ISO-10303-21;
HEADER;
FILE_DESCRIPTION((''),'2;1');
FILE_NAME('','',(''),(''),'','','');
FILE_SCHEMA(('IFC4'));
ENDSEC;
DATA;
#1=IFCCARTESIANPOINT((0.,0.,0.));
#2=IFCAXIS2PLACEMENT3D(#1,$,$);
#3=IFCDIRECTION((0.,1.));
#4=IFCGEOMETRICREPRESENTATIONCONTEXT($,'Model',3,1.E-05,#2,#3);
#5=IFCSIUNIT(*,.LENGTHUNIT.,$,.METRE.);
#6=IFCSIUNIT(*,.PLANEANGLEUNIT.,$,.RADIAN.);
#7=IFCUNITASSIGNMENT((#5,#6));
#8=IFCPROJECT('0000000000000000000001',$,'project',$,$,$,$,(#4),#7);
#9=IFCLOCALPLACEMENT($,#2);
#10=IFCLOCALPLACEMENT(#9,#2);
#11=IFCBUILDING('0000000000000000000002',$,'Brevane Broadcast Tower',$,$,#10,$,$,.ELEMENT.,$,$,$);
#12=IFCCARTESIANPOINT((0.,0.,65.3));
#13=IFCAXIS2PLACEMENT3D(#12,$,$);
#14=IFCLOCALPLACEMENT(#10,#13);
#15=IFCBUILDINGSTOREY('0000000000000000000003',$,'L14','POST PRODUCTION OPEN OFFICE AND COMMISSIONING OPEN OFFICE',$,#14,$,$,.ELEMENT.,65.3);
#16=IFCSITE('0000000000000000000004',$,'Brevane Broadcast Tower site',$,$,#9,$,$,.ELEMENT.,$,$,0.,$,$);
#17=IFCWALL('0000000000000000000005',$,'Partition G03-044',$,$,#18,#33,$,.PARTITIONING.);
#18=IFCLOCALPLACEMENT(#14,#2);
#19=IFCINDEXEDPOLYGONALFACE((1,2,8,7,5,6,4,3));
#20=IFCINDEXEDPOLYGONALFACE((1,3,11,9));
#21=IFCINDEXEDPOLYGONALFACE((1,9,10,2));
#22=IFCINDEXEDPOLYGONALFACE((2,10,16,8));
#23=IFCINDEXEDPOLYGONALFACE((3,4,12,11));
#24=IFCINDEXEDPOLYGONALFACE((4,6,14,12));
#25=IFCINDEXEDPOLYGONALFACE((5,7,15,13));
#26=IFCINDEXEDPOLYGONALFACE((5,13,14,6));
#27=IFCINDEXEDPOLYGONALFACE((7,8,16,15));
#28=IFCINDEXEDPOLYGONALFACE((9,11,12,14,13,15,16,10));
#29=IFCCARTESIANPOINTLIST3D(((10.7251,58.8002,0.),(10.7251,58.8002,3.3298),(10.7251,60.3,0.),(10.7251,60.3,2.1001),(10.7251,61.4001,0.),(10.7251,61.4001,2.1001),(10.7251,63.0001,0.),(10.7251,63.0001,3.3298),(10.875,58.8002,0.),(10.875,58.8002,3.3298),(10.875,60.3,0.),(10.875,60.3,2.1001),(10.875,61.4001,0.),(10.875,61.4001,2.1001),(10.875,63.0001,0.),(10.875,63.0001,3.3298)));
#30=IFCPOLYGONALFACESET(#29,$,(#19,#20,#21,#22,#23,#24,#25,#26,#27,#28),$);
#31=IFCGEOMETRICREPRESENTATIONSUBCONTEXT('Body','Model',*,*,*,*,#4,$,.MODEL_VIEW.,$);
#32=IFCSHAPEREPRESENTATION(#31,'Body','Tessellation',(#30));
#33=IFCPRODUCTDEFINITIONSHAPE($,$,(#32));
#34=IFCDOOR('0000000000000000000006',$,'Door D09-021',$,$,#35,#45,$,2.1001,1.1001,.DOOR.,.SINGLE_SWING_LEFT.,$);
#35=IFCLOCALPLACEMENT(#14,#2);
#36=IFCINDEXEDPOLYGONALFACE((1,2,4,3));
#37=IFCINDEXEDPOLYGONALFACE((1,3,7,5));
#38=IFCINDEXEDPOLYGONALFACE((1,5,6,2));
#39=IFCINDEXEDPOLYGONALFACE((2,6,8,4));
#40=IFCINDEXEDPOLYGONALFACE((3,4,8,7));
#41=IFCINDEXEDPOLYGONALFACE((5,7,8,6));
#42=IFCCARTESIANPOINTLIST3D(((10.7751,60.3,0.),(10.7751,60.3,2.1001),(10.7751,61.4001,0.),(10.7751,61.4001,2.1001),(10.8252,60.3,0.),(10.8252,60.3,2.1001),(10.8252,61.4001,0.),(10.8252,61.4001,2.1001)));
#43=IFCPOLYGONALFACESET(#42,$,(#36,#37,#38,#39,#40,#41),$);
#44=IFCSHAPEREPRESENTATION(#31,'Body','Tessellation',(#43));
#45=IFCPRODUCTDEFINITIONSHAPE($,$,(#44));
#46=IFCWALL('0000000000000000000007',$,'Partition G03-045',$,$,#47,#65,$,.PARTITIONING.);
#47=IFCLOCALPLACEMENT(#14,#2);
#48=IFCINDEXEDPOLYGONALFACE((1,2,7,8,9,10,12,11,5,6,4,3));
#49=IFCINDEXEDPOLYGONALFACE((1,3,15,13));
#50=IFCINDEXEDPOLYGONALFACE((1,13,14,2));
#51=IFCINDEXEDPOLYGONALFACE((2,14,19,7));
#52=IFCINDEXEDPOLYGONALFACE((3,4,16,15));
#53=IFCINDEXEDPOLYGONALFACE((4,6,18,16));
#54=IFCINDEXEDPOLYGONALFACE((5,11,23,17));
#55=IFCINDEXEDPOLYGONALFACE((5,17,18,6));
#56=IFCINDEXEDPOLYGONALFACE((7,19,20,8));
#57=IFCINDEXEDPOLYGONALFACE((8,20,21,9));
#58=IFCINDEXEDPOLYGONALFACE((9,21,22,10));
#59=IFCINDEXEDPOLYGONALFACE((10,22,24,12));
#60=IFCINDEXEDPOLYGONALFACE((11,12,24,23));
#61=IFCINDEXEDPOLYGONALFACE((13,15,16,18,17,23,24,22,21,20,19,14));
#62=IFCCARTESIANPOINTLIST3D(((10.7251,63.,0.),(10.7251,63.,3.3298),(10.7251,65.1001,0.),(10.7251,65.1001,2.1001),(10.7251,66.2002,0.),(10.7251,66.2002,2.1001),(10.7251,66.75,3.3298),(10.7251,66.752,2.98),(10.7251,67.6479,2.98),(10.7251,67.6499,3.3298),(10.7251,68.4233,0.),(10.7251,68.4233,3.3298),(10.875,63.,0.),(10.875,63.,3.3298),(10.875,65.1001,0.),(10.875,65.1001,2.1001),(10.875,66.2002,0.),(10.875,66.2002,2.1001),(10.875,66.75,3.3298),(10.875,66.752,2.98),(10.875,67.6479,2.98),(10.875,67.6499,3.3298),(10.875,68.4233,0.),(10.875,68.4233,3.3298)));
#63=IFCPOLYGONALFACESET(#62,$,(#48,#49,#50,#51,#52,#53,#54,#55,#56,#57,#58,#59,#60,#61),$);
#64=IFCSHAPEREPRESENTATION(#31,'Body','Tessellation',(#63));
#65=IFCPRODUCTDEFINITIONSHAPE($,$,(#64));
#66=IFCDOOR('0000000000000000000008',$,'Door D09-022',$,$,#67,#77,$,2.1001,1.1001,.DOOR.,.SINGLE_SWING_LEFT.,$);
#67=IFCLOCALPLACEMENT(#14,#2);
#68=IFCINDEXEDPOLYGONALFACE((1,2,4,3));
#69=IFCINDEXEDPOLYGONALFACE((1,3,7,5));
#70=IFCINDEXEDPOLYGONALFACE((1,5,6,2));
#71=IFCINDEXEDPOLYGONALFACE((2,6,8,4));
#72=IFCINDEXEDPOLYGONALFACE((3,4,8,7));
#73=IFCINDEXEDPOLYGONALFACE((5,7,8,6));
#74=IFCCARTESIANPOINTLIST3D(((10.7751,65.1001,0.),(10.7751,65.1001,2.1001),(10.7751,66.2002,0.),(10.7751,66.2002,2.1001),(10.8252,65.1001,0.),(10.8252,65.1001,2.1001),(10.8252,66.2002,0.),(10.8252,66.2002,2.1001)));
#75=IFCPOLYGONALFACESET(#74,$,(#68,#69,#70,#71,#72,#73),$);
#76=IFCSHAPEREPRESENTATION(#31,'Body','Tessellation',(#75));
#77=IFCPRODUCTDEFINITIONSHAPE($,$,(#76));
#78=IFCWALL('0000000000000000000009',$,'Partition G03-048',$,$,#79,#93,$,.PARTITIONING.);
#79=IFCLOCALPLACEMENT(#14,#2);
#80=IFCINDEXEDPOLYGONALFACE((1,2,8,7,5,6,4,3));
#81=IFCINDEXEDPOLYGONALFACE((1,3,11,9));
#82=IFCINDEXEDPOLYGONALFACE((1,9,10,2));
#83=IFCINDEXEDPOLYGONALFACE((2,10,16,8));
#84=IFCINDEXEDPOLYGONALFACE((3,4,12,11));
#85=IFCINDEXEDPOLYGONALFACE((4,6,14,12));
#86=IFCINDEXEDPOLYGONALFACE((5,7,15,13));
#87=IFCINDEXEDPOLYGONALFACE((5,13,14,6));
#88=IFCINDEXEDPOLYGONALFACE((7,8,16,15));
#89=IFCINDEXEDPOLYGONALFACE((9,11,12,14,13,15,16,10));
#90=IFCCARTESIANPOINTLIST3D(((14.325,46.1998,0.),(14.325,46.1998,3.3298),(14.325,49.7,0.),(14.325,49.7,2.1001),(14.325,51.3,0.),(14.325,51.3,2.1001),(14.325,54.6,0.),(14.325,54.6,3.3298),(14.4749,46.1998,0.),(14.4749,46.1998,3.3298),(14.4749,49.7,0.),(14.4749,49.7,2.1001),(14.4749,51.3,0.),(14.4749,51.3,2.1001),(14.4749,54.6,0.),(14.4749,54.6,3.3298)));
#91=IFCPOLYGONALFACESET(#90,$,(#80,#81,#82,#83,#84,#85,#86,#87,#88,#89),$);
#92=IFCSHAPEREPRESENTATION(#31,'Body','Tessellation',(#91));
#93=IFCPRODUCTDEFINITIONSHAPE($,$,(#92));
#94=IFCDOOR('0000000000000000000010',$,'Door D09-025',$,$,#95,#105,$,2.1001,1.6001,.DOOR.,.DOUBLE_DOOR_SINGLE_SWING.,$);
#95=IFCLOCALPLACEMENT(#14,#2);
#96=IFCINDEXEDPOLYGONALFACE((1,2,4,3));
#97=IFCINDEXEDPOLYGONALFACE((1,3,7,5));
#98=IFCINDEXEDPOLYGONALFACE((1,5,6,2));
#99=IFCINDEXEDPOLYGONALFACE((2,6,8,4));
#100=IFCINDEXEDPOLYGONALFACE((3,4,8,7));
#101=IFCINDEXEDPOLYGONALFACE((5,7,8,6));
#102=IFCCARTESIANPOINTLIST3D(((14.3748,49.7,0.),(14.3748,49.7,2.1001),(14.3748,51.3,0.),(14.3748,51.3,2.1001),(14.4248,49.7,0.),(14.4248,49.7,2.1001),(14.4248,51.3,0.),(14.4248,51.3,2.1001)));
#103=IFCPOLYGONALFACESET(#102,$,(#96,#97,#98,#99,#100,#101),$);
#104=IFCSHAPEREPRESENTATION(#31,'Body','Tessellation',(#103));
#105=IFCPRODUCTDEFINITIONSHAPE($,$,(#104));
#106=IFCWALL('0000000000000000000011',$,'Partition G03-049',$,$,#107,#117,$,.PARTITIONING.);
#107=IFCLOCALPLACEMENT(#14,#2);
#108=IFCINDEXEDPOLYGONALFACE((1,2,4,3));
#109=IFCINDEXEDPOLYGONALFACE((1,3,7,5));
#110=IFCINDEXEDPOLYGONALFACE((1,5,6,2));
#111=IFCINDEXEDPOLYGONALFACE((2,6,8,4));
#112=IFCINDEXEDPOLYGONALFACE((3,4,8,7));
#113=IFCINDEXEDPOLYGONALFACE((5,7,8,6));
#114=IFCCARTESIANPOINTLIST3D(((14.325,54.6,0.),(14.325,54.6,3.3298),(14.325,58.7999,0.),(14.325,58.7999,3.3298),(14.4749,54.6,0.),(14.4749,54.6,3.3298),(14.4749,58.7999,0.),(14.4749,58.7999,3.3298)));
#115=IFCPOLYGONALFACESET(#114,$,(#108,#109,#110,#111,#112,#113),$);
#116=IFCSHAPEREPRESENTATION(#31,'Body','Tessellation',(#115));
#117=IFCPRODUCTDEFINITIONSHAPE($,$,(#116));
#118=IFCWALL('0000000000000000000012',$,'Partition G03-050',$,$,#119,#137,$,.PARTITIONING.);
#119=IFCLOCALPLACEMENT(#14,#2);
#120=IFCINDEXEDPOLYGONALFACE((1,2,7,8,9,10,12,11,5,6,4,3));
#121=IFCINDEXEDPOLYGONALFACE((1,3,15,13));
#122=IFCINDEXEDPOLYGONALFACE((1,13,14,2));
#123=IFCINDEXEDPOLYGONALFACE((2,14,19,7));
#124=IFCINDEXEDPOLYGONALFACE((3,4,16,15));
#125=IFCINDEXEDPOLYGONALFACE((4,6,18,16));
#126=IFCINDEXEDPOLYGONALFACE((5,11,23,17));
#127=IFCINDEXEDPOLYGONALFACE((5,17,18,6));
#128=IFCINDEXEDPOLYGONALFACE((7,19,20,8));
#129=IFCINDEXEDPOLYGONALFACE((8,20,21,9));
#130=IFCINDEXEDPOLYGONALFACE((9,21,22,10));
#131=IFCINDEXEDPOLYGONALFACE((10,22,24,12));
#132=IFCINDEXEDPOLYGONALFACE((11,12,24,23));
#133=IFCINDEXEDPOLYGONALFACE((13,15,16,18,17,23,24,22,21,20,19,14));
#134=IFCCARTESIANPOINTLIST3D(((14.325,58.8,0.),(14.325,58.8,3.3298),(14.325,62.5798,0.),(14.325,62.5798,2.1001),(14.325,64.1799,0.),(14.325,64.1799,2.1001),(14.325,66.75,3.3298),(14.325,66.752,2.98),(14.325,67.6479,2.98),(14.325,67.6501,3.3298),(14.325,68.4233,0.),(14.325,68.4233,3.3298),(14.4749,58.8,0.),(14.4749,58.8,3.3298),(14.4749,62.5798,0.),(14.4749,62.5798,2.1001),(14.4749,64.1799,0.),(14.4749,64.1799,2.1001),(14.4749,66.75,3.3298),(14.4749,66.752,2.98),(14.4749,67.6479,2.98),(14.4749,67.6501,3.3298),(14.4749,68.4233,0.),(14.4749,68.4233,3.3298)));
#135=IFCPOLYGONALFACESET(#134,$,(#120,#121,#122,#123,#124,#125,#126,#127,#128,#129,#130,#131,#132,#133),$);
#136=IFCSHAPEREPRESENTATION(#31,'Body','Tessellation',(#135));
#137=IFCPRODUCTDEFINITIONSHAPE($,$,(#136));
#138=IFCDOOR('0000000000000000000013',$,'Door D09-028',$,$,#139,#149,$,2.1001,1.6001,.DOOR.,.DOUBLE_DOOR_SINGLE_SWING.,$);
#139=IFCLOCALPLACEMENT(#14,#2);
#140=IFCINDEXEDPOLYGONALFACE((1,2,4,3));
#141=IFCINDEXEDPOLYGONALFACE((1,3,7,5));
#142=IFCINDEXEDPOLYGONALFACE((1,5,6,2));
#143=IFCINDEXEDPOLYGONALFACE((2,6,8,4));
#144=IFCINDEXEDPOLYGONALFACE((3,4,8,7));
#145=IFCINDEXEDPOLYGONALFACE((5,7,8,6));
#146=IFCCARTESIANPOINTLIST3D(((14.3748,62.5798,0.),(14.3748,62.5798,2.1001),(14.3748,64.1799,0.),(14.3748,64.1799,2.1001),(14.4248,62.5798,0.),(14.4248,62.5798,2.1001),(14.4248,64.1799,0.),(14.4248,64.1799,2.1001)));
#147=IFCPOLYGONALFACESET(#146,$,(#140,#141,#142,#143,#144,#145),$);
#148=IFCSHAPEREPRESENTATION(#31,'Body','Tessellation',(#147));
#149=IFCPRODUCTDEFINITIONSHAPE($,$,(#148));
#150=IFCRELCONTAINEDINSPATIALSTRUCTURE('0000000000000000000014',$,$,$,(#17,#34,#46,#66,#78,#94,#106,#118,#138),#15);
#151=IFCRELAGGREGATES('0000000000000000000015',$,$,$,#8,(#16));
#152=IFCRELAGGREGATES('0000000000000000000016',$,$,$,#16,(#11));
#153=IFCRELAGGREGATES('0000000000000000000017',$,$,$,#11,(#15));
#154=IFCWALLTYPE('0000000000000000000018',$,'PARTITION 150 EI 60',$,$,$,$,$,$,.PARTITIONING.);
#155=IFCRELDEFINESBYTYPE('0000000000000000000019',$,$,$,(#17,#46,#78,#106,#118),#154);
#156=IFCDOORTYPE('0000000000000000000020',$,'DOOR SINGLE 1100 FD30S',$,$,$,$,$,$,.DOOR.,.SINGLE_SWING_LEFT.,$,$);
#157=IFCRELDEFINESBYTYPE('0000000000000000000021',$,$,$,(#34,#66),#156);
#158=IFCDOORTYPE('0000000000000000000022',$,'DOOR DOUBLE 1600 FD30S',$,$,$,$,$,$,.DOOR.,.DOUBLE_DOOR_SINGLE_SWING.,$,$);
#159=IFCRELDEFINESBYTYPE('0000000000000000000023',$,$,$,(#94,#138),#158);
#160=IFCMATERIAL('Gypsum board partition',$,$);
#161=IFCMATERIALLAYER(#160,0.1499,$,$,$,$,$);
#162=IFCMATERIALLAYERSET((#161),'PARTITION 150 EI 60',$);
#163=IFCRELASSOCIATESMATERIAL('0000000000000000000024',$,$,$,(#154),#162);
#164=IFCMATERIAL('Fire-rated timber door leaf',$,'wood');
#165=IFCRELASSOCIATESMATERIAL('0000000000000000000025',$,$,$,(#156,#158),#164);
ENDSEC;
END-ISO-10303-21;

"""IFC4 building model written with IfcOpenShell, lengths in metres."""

from ifc_helpers import new_model, si_unit, direction, frame, frame_2d, origin, place, context, subcontext, project, spatial, polyline, rectangle, outline, extrude, material, layer, layer_set, type_object, element, fill, save


model = new_model("IFC4")

# Units and contexts
model_context = context("Model", 3, precision=1e-05, world=origin(), true_north=direction((0.0, 1.0)))
body_context = subcontext(model_context, "Body", "Model", "MODEL_VIEW")
ifc_project = project(units=[si_unit("LENGTHUNIT", "METRE"), si_unit("PLANEANGLEUNIT", "RADIAN")], contexts=[model_context])

# Site, building, storey
site_placement = place(None, origin())
site = spatial("IfcSite", under=ifc_project, at=site_placement, Name="Brevane Broadcast Tower site", CompositionType="ELEMENT", RefElevation=0.0)
building_placement = place(site_placement, origin())
building = spatial("IfcBuilding", under=site, at=building_placement, Name="Brevane Broadcast Tower", CompositionType="ELEMENT")
storey_placement = place(building_placement, frame((0.0, 0.0, 65.3)))
storey = spatial("IfcBuildingStorey", under=building, at=storey_placement, Name="L14", Description="POST PRODUCTION OPEN OFFICE AND COMMISSIONING OPEN OFFICE", CompositionType="ELEMENT", Elevation=65.3)

# Shared definitions
ifc_material_1 = material(Name="Gypsum board partition")

# Walls, openings, doors
ifc_layer_1 = layer(ifc_material_1, 0.1499)
ifc_layer_set_1 = layer_set([ifc_layer_1], Name="PARTITION 150 EI 60")
wall_type_1 = type_object("IfcWallType", Name="PARTITION 150 EI 60", PredefinedType="PARTITIONING", material=ifc_layer_set_1)
wall_1_placement = place(storey_placement, frame((10.8, 58.8, 0.0), z_axis=(0.0, 0.0, 1.0), x_axis=(0.0, 1.0, 0.0)))
wall_1 = element("IfcWall", 1, at=wall_1_placement, inside=storey, type_object=wall_type_1, Name="Partition G03-044", PredefinedType="PARTITIONING", context=body_context, shape_type="SweptSolid", body=[
    extrude(rectangle(XDim=4.2, YDim=0.1499, at=frame_2d((2.1001, 0.0))), origin(), (0.0, 0.0, 1.0), 3.3298),
])
opening_1_placement = place(wall_1_placement, frame((1.5, 0.0, 0.0)))
opening_1 = element("IfcOpeningElement", 2, at=opening_1_placement, cuts=wall_1, PredefinedType="OPENING", context=body_context, shape_type="SweptSolid", body=[
    extrude(rectangle(XDim=1.1001, YDim=2.1001, at=frame_2d((0.55, 1.05))), frame((0.0, 0.085, 0.0), z_axis=(0.0, -1.0, 0.0), x_axis=(1.0, 0.0, 0.0)), (0.0, 0.0, 1.0), 0.1699),
])
ifc_material_2 = material(Name="Fire-rated timber door leaf", Category="wood")
door_type_1 = type_object("IfcDoorType", Name="DOOR SINGLE 1100 FD30S", OperationType="SINGLE_SWING_LEFT", PredefinedType="DOOR", material=ifc_material_2)
door_1_placement = place(opening_1_placement, origin())
door_1 = element("IfcDoor", 3, at=door_1_placement, inside=storey, type_object=door_type_1, Name="Door D09-021", OperationType="SINGLE_SWING_LEFT", OverallHeight=2.1001, OverallWidth=1.1001, PredefinedType="DOOR", context=body_context, shape_type="SweptSolid", body=[
    extrude(rectangle(XDim=1.1001, YDim=2.1001, at=frame_2d((0.55, 1.05))), frame((0.0, 0.0249, 0.0), z_axis=(0.0, -1.0, 0.0), x_axis=(1.0, 0.0, 0.0)), (0.0, 0.0, 1.0), 0.05),
])
fill(opening_1, door_1)
wall_2_placement = place(storey_placement, frame((10.8, 63.0, 0.0), z_axis=(0.0, 0.0, 1.0), x_axis=(0.0, 1.0, 0.0)))
wall_2 = element("IfcWall", 4, at=wall_2_placement, inside=storey, type_object=wall_type_1, Name="Partition G03-045", PredefinedType="PARTITIONING", context=body_context, shape_type="SweptSolid", body=[
    extrude(outline(polyline([(0.0, 0.0), (5.4233, 0.0), (5.4233, 3.3298), (5.28, 3.3298), (4.6499, 3.3298), (4.6479, 2.98), (3.752, 2.98), (3.75, 3.3298), (0.0, 3.3298), (0.0, 0.0)])), frame((0.0, 0.075, 0.0), z_axis=(0.0, -1.0, 0.0), x_axis=(1.0, 0.0, 0.0)), (0.0, 0.0, 1.0), 0.1499),
])
opening_2_placement = place(wall_2_placement, frame((2.1001, 0.0, 0.0)))
opening_2 = element("IfcOpeningElement", 5, at=opening_2_placement, cuts=wall_2, PredefinedType="OPENING", context=body_context, shape_type="SweptSolid", body=[
    extrude(rectangle(XDim=1.1001, YDim=2.1001, at=frame_2d((0.55, 1.05))), frame((0.0, 0.085, 0.0), z_axis=(0.0, -1.0, 0.0), x_axis=(1.0, 0.0, 0.0)), (0.0, 0.0, 1.0), 0.1699),
])
door_2_placement = place(opening_2_placement, origin())
door_2 = element("IfcDoor", 6, at=door_2_placement, inside=storey, type_object=door_type_1, Name="Door D09-022", OperationType="SINGLE_SWING_LEFT", OverallHeight=2.1001, OverallWidth=1.1001, PredefinedType="DOOR", context=body_context, shape_type="SweptSolid", body=[
    extrude(rectangle(XDim=1.1001, YDim=2.1001, at=frame_2d((0.55, 1.05))), frame((0.0, 0.0249, 0.0), z_axis=(0.0, -1.0, 0.0), x_axis=(1.0, 0.0, 0.0)), (0.0, 0.0, 1.0), 0.05),
])
fill(opening_2, door_2)
wall_3_placement = place(storey_placement, frame((14.3999, 54.6001, 0.0), z_axis=(0.0, 0.0, 1.0), x_axis=(0.0, -1.0, 0.0)))
wall_3 = element("IfcWall", 7, at=wall_3_placement, inside=storey, type_object=wall_type_1, Name="Partition G03-048", PredefinedType="PARTITIONING", context=body_context, shape_type="SweptSolid", body=[
    extrude(rectangle(XDim=8.4001, YDim=0.1499, at=frame_2d((4.2002, 0.0))), origin(), (0.0, 0.0, 1.0), 3.3298),
])
opening_3_placement = place(wall_3_placement, frame((3.3, 0.0, 0.0)))
opening_3 = element("IfcOpeningElement", 8, at=opening_3_placement, cuts=wall_3, PredefinedType="OPENING", context=body_context, shape_type="SweptSolid", body=[
    extrude(rectangle(XDim=1.6001, YDim=2.1001, at=frame_2d((0.8, 1.05))), frame((0.0, 0.085, 0.0), z_axis=(0.0, -1.0, 0.0), x_axis=(1.0, 0.0, 0.0)), (0.0, 0.0, 1.0), 0.1699),
])
door_type_2 = type_object("IfcDoorType", Name="DOOR DOUBLE 1600 FD30S", OperationType="DOUBLE_DOOR_SINGLE_SWING", PredefinedType="DOOR", material=ifc_material_2)
door_3_placement = place(opening_3_placement, origin())
door_3 = element("IfcDoor", 9, at=door_3_placement, inside=storey, type_object=door_type_2, Name="Door D09-025", OperationType="DOUBLE_DOOR_SINGLE_SWING", OverallHeight=2.1001, OverallWidth=1.6001, PredefinedType="DOOR", context=body_context, shape_type="SweptSolid", body=[
    extrude(rectangle(XDim=1.6001, YDim=2.1001, at=frame_2d((0.8, 1.05))), frame((0.0, 0.0249, 0.0), z_axis=(0.0, -1.0, 0.0), x_axis=(1.0, 0.0, 0.0)), (0.0, 0.0, 1.0), 0.05),
])
fill(opening_3, door_3)

# Wall
wall_4_placement = place(storey_placement, frame((14.3999, 58.8, 0.0), z_axis=(0.0, 0.0, 1.0), x_axis=(0.0, -1.0, 0.0)))
element("IfcWall", 10, at=wall_4_placement, inside=storey, type_object=wall_type_1, Name="Partition G03-049", PredefinedType="PARTITIONING", context=body_context, shape_type="SweptSolid", body=[
    extrude(rectangle(XDim=4.2, YDim=0.1499, at=frame_2d((2.1001, 0.0))), origin(), (0.0, 0.0, 1.0), 3.3298),
])

# Wall, opening, door
wall_5_placement = place(storey_placement, frame((14.3999, 68.4233, 0.0), z_axis=(0.0, 0.0, 1.0), x_axis=(0.0, -1.0, 0.0)))
wall_5 = element("IfcWall", 11, at=wall_5_placement, inside=storey, type_object=wall_type_1, Name="Partition G03-050", PredefinedType="PARTITIONING", context=body_context, shape_type="SweptSolid", body=[
    extrude(outline(polyline([(0.0, 0.0), (9.6233, 0.0), (9.6233, 3.3298), (1.6733, 3.3298), (1.6714, 2.98), (0.7754, 2.98), (0.7732, 3.3298), (0.1433, 3.3298), (0.0, 3.3298), (0.0, 0.0)])), frame((0.0, 0.075, 0.0), z_axis=(0.0, -1.0, 0.0), x_axis=(1.0, 0.0, 0.0)), (0.0, 0.0, 1.0), 0.1499),
])
opening_4_placement = place(wall_5_placement, frame((4.2434, 0.0, 0.0)))
opening_4 = element("IfcOpeningElement", 12, at=opening_4_placement, cuts=wall_5, PredefinedType="OPENING", context=body_context, shape_type="SweptSolid", body=[
    extrude(rectangle(XDim=1.6001, YDim=2.1001, at=frame_2d((0.8, 1.05))), frame((0.0, 0.085, 0.0), z_axis=(0.0, -1.0, 0.0), x_axis=(1.0, 0.0, 0.0)), (0.0, 0.0, 1.0), 0.1699),
])
door_4_placement = place(opening_4_placement, origin())
door_4 = element("IfcDoor", 13, at=door_4_placement, inside=storey, type_object=door_type_2, Name="Door D09-028", OperationType="DOUBLE_DOOR_SINGLE_SWING", OverallHeight=2.1001, OverallWidth=1.6001, PredefinedType="DOOR", context=body_context, shape_type="SweptSolid", body=[
    extrude(rectangle(XDim=1.6001, YDim=2.1001, at=frame_2d((0.8, 1.05))), frame((0.0, 0.0249, 0.0), z_axis=(0.0, -1.0, 0.0), x_axis=(1.0, 0.0, 0.0)), (0.0, 0.0, 1.0), 0.05),
])
fill(opening_4, door_4)

save(model, "model.ifc")
